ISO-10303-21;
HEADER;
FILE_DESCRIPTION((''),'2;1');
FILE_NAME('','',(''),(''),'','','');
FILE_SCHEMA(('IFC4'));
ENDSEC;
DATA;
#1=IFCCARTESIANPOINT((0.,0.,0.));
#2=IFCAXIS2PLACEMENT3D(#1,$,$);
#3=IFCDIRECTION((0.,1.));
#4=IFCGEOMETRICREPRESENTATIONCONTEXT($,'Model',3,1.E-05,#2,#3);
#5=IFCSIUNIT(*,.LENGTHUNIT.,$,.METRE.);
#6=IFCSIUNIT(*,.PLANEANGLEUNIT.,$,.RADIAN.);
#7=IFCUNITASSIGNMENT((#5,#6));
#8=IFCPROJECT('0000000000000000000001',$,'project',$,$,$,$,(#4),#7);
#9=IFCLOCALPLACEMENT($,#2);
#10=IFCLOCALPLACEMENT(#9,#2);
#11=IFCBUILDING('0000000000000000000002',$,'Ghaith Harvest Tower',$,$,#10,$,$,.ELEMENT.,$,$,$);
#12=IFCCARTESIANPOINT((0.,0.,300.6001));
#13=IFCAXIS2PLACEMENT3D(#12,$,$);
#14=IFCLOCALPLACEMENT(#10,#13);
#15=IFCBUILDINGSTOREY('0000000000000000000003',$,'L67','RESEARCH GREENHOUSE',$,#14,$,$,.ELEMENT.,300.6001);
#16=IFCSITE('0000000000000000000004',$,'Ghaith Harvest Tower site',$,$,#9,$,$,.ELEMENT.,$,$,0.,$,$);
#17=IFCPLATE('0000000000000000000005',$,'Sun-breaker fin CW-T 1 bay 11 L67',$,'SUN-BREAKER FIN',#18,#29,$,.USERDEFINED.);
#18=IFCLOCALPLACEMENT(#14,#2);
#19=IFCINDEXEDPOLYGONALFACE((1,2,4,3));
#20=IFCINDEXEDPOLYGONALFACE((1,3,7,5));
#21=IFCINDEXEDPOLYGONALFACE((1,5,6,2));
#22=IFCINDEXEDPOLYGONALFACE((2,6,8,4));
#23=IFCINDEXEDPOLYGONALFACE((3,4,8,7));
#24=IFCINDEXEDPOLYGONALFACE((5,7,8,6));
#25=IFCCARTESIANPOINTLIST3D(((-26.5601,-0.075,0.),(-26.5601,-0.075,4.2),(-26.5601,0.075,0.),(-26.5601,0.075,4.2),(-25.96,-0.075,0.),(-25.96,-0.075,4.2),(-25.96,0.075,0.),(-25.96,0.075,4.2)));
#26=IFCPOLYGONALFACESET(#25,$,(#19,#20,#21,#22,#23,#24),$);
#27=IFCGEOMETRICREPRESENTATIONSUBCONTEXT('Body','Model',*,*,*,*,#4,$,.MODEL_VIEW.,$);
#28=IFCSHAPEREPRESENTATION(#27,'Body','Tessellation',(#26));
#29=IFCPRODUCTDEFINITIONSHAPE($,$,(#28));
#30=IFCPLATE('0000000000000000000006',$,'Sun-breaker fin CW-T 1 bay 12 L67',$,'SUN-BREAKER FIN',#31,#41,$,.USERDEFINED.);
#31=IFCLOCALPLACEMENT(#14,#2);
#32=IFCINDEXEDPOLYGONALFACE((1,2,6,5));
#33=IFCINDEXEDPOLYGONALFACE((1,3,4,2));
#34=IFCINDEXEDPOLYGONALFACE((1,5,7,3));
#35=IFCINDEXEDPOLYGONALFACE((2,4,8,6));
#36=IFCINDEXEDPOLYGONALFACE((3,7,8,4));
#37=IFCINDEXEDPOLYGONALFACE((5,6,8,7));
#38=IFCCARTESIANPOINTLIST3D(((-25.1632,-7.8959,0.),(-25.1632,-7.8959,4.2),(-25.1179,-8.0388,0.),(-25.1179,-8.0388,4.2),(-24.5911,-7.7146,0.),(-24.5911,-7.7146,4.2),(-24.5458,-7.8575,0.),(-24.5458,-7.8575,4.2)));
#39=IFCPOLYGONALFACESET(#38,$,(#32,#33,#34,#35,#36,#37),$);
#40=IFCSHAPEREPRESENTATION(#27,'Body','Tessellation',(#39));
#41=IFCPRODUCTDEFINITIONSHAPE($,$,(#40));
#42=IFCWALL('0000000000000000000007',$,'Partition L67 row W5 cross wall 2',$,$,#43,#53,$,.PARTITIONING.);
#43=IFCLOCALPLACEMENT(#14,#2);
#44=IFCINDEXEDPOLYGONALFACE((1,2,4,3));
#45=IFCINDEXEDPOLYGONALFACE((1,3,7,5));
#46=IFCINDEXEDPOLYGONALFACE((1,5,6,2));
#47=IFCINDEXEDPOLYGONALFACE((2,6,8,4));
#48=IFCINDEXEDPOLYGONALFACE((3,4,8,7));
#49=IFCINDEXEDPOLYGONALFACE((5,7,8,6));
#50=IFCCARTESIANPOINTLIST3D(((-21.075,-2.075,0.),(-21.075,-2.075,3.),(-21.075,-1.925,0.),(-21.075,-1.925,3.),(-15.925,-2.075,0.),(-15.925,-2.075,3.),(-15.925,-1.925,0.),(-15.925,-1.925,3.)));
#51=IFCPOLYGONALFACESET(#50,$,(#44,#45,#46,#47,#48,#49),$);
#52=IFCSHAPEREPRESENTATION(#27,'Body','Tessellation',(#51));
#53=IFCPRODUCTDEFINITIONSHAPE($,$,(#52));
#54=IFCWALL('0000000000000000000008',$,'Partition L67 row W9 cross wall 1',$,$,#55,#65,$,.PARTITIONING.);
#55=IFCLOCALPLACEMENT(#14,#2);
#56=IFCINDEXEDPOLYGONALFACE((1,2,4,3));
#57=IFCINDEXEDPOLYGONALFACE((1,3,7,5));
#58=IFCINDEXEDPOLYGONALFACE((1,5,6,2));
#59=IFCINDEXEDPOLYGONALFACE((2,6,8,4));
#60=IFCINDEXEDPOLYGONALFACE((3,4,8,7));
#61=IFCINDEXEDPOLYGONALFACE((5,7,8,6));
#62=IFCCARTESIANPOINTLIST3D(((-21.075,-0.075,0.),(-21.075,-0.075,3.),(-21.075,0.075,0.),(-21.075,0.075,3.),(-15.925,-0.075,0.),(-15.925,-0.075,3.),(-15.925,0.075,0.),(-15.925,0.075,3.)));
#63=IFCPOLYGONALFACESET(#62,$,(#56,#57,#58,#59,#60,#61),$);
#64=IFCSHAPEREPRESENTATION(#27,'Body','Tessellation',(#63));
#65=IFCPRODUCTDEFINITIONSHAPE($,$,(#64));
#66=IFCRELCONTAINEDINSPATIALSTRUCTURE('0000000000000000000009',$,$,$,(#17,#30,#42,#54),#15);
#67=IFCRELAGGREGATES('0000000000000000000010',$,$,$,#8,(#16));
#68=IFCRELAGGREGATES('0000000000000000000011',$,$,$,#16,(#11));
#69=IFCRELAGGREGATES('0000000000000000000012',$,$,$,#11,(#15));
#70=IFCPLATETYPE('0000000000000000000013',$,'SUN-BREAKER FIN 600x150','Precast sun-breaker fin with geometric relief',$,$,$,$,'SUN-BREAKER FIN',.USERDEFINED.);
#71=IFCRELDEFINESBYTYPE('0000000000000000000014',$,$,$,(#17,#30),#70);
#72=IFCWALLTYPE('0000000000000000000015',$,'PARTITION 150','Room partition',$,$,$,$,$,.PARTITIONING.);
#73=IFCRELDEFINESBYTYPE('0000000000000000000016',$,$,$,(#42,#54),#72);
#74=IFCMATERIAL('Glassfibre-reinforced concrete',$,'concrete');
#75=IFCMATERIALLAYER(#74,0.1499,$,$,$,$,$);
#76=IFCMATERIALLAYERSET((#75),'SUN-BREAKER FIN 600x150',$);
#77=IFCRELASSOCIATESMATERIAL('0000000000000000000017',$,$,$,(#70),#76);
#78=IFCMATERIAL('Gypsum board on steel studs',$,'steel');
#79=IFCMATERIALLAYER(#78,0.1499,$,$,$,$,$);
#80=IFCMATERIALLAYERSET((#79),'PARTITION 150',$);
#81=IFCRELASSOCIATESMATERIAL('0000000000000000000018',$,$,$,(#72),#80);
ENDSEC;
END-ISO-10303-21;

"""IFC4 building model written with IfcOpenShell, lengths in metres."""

from ifc_helpers import new_model, si_unit, direction, frame, frame_2d, origin, origin_2d, place, context, subcontext, project, spatial, rectangle, extrude, material, layer, layer_set, type_object, element, save


model = new_model("IFC4")

# Units and contexts
model_context = context("Model", 3, precision=1e-05, world=origin(), true_north=direction((0.0, 1.0)))
body_context = subcontext(model_context, "Body", "Model", "MODEL_VIEW")
ifc_project = project(units=[si_unit("LENGTHUNIT", "METRE"), si_unit("PLANEANGLEUNIT", "RADIAN")], contexts=[model_context])

# Site, building, storey
site_placement = place(None, origin())
site = spatial("IfcSite", under=ifc_project, at=site_placement, Name="Ghaith Harvest Tower site", CompositionType="ELEMENT", RefElevation=0.0)
building_placement = place(site_placement, origin())
building = spatial("IfcBuilding", under=site, at=building_placement, Name="Ghaith Harvest Tower", CompositionType="ELEMENT")
storey_placement = place(building_placement, frame((0.0, 0.0, 300.6001)))
storey = spatial("IfcBuildingStorey", under=building, at=storey_placement, Name="L67", Description="RESEARCH GREENHOUSE", CompositionType="ELEMENT", Elevation=300.6001)

# Plates
ifc_material_1 = material(Name="Glassfibre-reinforced concrete", Category="concrete")
ifc_layer_1 = layer(ifc_material_1, 0.1499)
ifc_layer_set_1 = layer_set([ifc_layer_1], Name="SUN-BREAKER FIN 600x150")
plate_type_1 = type_object("IfcPlateType", Name="SUN-BREAKER FIN 600x150", Description="Precast sun-breaker fin with geometric relief", ElementType="SUN-BREAKER FIN", PredefinedType="USERDEFINED", material=ifc_layer_set_1)
for number, where, z_axis, x_axis, name in (
    (1, (-26.26, 0.0, 0.0), (0.0, 0.0, 1.0), (-1.0, 0.0, 0.0), "Sun-breaker fin CW-T 1 bay 11 L67"),
    (2, (-24.8545, -7.8767, 0.0), (0.0, 0.0, 1.0), (-0.953273, -0.30211, 0.0), "Sun-breaker fin CW-T 1 bay 12 L67"),
):
    element("IfcPlate", number, at=place(storey_placement, frame(where, z_axis=z_axis, x_axis=x_axis)), inside=storey, type_object=plate_type_1, Name=name, ObjectType="SUN-BREAKER FIN", PredefinedType="USERDEFINED", context=body_context, shape_type="SweptSolid", body=[
        extrude(rectangle(XDim=0.6001, YDim=0.1499, at=origin_2d()), origin(), (0.0, 0.0, 1.0), 4.2),
    ])

# Walls
ifc_material_2 = material(Name="Gypsum board on steel studs", Category="steel")
ifc_layer_2 = layer(ifc_material_2, 0.1499)
ifc_layer_set_2 = layer_set([ifc_layer_2], Name="PARTITION 150")
wall_type = type_object("IfcWallType", Name="PARTITION 150", Description="Room partition", PredefinedType="PARTITIONING", material=ifc_layer_set_2)
for number, where, z_axis, x_axis, name in (
    (3, (-15.925, -2.0, 0.0), (0.0, 0.0, 1.0), (-1.0, 0.0, 0.0), "Partition L67 row W5 cross wall 2"),
    (4, (-15.925, 0.0, 0.0), (0.0, 0.0, 1.0), (-1.0, 0.0, 0.0), "Partition L67 row W9 cross wall 1"),
):
    element("IfcWall", number, at=place(storey_placement, frame(where, z_axis=z_axis, x_axis=x_axis)), inside=storey, type_object=wall_type, Name=name, PredefinedType="PARTITIONING", context=body_context, shape_type="SweptSolid", body=[
        extrude(rectangle(XDim=5.1499, YDim=0.1499, at=frame_2d((2.575, 0.0))), origin(), (0.0, 0.0, 1.0), 3.0),
    ])

save(model, "model.ifc")
